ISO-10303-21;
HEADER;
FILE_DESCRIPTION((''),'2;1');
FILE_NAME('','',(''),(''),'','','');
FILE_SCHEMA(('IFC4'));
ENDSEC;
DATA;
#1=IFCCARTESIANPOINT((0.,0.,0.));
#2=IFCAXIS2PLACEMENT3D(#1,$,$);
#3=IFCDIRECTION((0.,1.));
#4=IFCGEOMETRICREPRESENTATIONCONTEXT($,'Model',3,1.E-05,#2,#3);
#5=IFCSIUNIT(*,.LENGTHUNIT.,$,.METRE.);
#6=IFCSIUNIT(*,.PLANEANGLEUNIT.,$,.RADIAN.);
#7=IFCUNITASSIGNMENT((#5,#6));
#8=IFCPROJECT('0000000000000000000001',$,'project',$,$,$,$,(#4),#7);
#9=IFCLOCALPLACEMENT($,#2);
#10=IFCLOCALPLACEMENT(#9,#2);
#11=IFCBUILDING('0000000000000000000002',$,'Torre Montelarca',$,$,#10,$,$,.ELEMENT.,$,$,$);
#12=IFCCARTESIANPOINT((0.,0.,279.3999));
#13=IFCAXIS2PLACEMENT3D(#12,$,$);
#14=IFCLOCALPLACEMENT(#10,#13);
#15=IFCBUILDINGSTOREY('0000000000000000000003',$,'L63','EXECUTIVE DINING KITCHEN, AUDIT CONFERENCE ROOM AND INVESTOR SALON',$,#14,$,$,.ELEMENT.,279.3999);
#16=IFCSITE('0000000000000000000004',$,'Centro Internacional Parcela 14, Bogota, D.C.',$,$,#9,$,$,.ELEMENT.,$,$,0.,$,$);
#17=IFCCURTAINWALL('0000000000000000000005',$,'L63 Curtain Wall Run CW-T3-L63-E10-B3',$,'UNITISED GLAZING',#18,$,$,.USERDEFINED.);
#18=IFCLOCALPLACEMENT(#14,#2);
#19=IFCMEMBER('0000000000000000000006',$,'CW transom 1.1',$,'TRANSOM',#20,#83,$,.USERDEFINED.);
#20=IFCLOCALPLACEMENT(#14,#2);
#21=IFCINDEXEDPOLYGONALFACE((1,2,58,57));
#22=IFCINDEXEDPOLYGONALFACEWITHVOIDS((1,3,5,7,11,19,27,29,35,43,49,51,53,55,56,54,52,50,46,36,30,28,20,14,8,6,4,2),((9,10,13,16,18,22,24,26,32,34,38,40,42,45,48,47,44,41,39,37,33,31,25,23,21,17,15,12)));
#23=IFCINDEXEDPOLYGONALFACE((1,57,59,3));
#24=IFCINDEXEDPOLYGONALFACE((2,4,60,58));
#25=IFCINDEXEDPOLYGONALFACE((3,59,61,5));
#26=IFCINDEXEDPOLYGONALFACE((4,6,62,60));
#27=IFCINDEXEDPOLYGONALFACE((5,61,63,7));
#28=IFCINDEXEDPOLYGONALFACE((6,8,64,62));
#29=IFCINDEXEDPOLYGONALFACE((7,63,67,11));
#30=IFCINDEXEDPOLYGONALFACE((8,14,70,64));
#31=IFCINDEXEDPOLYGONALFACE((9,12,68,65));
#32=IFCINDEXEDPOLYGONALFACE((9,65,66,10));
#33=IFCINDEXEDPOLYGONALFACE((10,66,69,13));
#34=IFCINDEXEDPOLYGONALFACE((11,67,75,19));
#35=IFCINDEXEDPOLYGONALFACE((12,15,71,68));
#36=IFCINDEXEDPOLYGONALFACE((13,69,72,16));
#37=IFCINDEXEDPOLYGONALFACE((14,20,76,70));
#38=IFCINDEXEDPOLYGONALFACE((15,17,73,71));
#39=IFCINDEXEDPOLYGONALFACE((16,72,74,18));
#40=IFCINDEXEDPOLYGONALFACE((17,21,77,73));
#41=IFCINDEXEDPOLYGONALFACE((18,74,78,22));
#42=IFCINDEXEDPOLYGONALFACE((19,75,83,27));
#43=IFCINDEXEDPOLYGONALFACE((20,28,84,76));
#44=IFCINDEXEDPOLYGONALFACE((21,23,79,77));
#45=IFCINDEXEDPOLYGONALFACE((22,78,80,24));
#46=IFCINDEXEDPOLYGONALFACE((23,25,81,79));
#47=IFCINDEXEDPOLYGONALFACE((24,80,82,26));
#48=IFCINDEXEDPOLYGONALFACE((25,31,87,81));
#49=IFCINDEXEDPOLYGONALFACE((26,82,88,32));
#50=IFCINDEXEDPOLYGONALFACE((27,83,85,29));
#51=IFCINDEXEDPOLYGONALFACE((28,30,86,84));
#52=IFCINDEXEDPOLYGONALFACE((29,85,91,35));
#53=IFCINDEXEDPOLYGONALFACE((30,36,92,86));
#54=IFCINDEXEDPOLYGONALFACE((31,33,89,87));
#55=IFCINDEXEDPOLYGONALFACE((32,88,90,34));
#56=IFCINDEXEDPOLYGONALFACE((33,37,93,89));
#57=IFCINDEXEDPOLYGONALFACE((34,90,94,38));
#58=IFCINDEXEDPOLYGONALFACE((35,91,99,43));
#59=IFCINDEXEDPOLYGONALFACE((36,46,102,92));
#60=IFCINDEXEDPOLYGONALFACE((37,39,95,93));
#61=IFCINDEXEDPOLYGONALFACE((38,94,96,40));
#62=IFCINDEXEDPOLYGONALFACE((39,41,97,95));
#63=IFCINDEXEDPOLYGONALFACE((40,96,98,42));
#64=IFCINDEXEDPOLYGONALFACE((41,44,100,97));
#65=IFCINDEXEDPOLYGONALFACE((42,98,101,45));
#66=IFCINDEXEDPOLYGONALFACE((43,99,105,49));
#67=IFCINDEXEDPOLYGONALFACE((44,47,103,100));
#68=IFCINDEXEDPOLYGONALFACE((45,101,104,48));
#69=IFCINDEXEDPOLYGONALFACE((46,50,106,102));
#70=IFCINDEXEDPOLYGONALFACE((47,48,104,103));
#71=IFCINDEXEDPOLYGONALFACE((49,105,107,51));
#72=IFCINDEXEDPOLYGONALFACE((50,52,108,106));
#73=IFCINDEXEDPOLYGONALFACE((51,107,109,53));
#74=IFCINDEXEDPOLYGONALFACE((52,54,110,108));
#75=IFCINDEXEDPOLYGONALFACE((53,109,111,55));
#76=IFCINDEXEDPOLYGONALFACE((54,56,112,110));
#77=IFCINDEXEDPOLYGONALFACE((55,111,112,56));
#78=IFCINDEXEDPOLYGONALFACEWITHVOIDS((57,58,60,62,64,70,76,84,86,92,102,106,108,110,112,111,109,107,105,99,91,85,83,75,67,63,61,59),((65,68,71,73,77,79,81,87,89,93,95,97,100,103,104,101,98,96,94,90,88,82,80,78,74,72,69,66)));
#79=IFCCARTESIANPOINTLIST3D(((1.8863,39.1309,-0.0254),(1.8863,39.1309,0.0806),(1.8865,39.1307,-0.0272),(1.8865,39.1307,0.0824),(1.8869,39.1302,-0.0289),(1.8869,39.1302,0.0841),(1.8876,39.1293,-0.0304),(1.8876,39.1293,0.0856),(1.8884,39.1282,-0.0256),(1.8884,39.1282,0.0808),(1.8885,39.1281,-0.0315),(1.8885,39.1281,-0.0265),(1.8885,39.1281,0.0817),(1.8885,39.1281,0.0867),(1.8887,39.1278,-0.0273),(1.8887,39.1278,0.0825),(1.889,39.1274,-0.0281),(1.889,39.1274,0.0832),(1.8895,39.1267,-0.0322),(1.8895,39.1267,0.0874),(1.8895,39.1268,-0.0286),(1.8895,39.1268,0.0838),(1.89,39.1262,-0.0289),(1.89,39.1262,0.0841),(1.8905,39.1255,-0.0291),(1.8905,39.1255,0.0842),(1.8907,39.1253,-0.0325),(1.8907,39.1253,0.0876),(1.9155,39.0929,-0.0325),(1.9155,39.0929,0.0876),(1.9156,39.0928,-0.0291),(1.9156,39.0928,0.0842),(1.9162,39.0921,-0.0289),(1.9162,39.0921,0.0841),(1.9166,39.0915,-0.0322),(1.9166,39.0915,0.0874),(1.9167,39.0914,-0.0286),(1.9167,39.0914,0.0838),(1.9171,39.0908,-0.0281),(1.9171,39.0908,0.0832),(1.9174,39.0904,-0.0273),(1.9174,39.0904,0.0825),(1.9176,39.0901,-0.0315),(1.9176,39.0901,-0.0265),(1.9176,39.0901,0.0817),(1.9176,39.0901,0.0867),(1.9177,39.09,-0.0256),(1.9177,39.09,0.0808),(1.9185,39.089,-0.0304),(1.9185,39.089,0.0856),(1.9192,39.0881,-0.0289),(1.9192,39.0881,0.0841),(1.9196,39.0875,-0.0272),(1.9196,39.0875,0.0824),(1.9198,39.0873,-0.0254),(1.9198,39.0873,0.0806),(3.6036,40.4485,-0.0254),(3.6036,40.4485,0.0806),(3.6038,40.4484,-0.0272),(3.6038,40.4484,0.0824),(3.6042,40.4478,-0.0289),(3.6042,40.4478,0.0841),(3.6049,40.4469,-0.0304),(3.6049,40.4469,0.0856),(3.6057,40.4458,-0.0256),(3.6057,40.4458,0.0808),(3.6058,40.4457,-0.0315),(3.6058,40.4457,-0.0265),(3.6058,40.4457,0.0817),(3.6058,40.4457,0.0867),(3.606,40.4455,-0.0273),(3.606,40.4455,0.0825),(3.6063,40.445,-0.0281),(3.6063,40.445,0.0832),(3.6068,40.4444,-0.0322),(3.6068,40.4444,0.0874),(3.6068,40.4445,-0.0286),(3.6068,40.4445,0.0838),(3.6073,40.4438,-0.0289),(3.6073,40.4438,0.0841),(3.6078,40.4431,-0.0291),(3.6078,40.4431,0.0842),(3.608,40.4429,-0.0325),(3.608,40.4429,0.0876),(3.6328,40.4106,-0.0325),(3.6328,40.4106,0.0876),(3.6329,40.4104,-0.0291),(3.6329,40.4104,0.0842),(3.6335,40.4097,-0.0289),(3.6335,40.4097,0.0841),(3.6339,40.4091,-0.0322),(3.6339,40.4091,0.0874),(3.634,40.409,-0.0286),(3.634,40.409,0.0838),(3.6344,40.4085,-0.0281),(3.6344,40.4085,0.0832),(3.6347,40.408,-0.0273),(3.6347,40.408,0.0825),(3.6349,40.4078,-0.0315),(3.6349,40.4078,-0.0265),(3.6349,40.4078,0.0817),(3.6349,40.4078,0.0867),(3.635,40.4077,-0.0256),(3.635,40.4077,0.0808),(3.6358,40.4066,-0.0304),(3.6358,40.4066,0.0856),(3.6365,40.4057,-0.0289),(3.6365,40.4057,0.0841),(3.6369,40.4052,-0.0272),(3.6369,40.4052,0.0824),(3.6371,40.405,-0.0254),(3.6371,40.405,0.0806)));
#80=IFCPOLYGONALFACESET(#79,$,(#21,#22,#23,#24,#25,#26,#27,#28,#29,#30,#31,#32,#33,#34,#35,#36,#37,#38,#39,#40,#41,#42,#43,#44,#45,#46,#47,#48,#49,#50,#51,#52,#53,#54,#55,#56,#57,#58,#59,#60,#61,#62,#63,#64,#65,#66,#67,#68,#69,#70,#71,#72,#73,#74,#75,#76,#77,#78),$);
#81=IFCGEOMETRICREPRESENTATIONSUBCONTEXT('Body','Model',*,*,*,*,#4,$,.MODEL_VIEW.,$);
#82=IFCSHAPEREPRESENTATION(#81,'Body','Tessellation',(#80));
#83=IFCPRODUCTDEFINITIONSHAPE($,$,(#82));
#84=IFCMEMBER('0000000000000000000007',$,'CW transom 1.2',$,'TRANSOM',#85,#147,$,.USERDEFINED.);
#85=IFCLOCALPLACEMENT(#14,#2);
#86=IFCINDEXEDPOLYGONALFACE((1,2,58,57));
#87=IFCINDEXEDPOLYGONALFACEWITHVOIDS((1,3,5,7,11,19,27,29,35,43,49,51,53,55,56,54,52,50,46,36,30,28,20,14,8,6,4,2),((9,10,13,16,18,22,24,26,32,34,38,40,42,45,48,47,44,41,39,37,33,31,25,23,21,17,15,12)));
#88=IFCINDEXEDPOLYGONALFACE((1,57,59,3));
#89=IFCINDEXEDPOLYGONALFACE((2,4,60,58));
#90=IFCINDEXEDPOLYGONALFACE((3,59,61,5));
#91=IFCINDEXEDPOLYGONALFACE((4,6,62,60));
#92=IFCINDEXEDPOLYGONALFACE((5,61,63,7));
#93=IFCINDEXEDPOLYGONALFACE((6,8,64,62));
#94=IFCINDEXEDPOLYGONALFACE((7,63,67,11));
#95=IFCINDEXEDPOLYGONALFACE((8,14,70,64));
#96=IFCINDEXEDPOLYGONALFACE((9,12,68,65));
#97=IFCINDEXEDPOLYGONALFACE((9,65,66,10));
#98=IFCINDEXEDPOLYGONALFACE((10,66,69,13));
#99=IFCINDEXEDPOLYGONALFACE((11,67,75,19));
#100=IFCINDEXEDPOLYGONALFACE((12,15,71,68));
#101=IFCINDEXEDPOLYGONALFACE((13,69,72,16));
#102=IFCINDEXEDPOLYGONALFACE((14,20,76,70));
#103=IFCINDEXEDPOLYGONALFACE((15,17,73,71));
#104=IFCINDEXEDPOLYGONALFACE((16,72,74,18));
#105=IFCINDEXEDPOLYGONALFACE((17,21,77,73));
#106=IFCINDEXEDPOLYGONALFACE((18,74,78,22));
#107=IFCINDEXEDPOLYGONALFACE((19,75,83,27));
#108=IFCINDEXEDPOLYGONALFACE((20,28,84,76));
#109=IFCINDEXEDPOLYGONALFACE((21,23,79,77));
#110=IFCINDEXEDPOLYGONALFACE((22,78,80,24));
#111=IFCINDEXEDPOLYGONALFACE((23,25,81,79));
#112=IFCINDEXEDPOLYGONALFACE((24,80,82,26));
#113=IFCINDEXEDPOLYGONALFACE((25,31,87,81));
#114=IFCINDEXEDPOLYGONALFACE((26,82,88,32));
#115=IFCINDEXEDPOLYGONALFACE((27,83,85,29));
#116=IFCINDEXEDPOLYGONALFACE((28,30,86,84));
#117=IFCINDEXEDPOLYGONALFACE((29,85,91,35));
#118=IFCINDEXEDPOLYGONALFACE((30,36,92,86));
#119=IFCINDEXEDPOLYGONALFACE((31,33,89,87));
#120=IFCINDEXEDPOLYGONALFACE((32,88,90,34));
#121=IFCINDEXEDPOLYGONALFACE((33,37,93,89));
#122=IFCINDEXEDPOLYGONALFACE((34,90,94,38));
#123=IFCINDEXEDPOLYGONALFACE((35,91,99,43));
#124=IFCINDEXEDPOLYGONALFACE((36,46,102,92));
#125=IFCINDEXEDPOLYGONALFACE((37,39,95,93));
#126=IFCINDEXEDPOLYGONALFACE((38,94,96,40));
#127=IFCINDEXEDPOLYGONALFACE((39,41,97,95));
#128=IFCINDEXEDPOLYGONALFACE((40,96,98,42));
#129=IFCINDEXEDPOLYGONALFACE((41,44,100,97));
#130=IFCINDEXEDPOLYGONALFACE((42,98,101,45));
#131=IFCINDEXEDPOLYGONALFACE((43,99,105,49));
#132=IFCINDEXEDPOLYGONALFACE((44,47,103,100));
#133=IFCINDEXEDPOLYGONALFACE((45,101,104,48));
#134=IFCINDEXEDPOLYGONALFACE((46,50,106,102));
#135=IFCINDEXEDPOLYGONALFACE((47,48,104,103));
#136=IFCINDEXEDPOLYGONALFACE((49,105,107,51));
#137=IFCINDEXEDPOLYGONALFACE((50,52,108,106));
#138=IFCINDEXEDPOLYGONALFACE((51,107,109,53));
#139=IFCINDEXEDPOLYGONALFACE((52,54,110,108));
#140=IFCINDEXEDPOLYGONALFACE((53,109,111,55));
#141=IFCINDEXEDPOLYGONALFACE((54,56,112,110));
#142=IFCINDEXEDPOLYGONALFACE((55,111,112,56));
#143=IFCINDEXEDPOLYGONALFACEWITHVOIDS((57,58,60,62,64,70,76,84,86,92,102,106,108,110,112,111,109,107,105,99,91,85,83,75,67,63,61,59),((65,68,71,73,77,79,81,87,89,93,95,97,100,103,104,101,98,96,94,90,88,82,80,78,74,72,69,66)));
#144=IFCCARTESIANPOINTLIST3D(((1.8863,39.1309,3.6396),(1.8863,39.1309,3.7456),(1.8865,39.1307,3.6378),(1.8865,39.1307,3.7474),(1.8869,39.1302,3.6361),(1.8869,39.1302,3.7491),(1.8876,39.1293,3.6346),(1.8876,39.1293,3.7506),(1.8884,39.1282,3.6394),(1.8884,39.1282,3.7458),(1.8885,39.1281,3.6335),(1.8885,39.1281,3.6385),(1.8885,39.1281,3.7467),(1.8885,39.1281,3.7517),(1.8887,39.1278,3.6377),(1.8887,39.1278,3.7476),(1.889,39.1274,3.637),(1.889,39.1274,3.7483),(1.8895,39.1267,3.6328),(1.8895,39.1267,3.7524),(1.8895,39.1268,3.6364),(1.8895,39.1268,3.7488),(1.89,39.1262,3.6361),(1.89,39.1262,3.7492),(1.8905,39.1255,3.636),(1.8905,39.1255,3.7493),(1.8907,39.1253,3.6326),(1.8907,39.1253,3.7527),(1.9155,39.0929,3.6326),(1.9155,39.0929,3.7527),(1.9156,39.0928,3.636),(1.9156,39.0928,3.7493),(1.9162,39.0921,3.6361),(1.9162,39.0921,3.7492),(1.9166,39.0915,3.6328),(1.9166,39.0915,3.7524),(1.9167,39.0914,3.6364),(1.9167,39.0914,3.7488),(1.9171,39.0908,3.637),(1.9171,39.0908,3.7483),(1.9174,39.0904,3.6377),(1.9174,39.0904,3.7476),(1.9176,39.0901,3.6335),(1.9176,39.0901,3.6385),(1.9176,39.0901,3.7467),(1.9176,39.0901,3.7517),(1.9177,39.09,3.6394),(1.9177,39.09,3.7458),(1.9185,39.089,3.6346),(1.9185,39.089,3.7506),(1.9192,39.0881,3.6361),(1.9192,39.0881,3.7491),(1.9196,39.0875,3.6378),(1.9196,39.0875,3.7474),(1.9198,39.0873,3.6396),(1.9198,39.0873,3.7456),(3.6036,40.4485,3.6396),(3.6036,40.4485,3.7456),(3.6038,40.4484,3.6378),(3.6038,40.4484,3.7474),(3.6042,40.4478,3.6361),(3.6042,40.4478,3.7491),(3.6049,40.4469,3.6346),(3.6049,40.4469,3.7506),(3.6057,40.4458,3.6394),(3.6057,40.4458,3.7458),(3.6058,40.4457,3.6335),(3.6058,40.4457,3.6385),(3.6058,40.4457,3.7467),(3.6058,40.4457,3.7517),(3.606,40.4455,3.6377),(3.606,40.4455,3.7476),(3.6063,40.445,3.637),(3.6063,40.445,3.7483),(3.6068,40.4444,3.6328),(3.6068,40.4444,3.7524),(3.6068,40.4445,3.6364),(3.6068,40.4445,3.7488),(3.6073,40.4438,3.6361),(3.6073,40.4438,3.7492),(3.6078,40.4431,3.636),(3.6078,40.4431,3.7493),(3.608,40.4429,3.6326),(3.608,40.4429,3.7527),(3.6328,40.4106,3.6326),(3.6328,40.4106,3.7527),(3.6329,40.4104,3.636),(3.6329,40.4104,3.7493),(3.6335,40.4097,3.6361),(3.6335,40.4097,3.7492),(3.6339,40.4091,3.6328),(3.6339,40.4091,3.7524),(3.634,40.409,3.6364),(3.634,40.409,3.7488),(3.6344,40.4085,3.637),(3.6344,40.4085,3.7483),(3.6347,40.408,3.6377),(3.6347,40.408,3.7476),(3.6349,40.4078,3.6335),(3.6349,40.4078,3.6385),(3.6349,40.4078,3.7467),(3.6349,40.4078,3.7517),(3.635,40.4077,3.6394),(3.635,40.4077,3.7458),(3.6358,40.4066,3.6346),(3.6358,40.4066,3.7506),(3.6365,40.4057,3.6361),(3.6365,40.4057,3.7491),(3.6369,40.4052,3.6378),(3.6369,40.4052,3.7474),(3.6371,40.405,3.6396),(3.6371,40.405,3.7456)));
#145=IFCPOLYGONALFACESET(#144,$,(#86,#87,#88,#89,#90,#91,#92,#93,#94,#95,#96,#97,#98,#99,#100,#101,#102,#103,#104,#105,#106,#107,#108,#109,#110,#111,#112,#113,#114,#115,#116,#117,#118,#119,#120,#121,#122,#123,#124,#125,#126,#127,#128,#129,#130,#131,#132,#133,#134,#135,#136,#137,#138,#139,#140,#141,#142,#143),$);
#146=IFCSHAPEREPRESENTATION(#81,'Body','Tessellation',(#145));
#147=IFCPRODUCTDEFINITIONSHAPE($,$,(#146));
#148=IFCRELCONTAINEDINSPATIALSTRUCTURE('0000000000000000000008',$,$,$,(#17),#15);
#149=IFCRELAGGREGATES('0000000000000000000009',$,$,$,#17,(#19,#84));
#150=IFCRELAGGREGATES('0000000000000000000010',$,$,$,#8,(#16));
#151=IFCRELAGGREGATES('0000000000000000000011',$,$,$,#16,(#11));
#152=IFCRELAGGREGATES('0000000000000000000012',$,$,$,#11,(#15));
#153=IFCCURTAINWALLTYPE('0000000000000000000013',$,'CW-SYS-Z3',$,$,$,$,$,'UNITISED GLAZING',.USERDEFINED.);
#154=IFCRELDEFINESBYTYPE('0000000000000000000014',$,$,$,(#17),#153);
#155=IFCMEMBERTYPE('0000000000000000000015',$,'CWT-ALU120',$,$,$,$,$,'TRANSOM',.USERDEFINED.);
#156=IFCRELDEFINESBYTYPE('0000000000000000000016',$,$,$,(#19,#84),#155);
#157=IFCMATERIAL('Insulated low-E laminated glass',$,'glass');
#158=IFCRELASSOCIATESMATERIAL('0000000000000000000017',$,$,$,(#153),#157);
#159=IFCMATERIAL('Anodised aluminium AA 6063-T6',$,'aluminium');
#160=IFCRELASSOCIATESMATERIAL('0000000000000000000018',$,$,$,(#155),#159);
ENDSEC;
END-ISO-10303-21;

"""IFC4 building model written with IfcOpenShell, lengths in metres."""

from ifc_helpers import new_model, si_unit, direction, frame, origin, origin_2d, place, context, subcontext, project, spatial, hollow_rectangle, extrude, source, transform, mapped, material, material_profile, profile_set, type_object, element, aggregate, save


model = new_model("IFC4")

# Units and contexts
model_context = context("Model", 3, precision=1e-05, world=origin(), true_north=direction((0.0, 1.0)))
body_context = subcontext(model_context, "Body", "Model", "MODEL_VIEW")
ifc_project = project(units=[si_unit("LENGTHUNIT", "METRE"), si_unit("PLANEANGLEUNIT", "RADIAN")], contexts=[model_context])

# Site, building, storey
site_placement = place(None, origin())
site = spatial("IfcSite", under=ifc_project, at=site_placement, Name="Centro Internacional Parcela 14, Bogota, D.C.", CompositionType="ELEMENT", RefElevation=0.0)
building_placement = place(site_placement, origin())
building = spatial("IfcBuilding", under=site, at=building_placement, Name="Torre Montelarca", CompositionType="ELEMENT")
storey_placement = place(building_placement, frame((0.0, 0.0, 279.3999)))
storey = spatial("IfcBuildingStorey", under=building, at=storey_placement, Name="L63", Description="EXECUTIVE DINING KITCHEN, AUDIT CONFERENCE ROOM AND INVESTOR SALON", CompositionType="ELEMENT", Elevation=279.3999)

# Curtain wall
ifc_material_1 = material(Name="Insulated low-E laminated glass", Category="glass")
curtain_wall_type = type_object("IfcCurtainWallType", Name="CW-SYS-Z3", ElementType="UNITISED GLAZING", PredefinedType="USERDEFINED", material=ifc_material_1)
ifc_material_2 = material(Name="Anodised aluminium AA 6063-T6", Category="aluminium")
curtain_wall_1_placement = place(storey_placement, origin())
curtain_wall_1 = element("IfcCurtainWall", 1, at=curtain_wall_1_placement, inside=storey, type_object=curtain_wall_type, Name="L63 Curtain Wall Run CW-T3-L63-E10-B3", ObjectType="UNITISED GLAZING", PredefinedType="USERDEFINED")

# Members
ifc_material_profile_1 = material_profile(ifc_material_2, hollow_rectangle(XDim=0.0549, YDim=0.1201, WallThickness=0.0034, InnerFilletRadius=0.0034, OuterFilletRadius=0.0071, at=origin_2d()), Name="ALU55X120X3.5", Category="aluminium")
ifc_profile_set_1 = profile_set([ifc_material_profile_1], Name="Anodised aluminium AA 6063-T6")
member_type_1 = type_object("IfcMemberType", Name="CWT-ALU120", ElementType="TRANSOM", PredefinedType="USERDEFINED", material=ifc_profile_set_1)
shared_shape_1 = source(origin(), body_context, "Body", "SweptSolid", [
    extrude(hollow_rectangle(XDim=0.0549, YDim=0.1201, WallThickness=0.0034, InnerFilletRadius=0.0034, OuterFilletRadius=0.0071, at=origin_2d()), origin(), (0.0, 0.0, 1.0), 2.1646),
])
member_1_placement = place(storey_placement, frame((3.6204, 40.4268, 0.0276), z_axis=(-0.793374, -0.608735, 0.0), x_axis=(0.608735, -0.793374, 0.0)))
member_1 = element("IfcMember", 2, at=member_1_placement, type_object=member_type_1, Name="CW transom 1.1", ObjectType="TRANSOM", PredefinedType="USERDEFINED", context=body_context, shape_type="MappedRepresentation", body=[
    mapped(shared_shape_1, transform((0.0, 0.0, 0.0), scale=1.0)),
])
member_2_placement = place(storey_placement, frame((3.6204, 40.4268, 3.6926), z_axis=(-0.793374, -0.608735, 0.0), x_axis=(0.608735, -0.793374, 0.0)))
member_2 = element("IfcMember", 3, at=member_2_placement, type_object=member_type_1, Name="CW transom 1.2", ObjectType="TRANSOM", PredefinedType="USERDEFINED", context=body_context, shape_type="MappedRepresentation", body=[
    mapped(shared_shape_1, transform((0.0, 0.0, 0.0), scale=1.0)),
])

aggregate(curtain_wall_1, [member_1, member_2])

save(model, "model.ifc")
